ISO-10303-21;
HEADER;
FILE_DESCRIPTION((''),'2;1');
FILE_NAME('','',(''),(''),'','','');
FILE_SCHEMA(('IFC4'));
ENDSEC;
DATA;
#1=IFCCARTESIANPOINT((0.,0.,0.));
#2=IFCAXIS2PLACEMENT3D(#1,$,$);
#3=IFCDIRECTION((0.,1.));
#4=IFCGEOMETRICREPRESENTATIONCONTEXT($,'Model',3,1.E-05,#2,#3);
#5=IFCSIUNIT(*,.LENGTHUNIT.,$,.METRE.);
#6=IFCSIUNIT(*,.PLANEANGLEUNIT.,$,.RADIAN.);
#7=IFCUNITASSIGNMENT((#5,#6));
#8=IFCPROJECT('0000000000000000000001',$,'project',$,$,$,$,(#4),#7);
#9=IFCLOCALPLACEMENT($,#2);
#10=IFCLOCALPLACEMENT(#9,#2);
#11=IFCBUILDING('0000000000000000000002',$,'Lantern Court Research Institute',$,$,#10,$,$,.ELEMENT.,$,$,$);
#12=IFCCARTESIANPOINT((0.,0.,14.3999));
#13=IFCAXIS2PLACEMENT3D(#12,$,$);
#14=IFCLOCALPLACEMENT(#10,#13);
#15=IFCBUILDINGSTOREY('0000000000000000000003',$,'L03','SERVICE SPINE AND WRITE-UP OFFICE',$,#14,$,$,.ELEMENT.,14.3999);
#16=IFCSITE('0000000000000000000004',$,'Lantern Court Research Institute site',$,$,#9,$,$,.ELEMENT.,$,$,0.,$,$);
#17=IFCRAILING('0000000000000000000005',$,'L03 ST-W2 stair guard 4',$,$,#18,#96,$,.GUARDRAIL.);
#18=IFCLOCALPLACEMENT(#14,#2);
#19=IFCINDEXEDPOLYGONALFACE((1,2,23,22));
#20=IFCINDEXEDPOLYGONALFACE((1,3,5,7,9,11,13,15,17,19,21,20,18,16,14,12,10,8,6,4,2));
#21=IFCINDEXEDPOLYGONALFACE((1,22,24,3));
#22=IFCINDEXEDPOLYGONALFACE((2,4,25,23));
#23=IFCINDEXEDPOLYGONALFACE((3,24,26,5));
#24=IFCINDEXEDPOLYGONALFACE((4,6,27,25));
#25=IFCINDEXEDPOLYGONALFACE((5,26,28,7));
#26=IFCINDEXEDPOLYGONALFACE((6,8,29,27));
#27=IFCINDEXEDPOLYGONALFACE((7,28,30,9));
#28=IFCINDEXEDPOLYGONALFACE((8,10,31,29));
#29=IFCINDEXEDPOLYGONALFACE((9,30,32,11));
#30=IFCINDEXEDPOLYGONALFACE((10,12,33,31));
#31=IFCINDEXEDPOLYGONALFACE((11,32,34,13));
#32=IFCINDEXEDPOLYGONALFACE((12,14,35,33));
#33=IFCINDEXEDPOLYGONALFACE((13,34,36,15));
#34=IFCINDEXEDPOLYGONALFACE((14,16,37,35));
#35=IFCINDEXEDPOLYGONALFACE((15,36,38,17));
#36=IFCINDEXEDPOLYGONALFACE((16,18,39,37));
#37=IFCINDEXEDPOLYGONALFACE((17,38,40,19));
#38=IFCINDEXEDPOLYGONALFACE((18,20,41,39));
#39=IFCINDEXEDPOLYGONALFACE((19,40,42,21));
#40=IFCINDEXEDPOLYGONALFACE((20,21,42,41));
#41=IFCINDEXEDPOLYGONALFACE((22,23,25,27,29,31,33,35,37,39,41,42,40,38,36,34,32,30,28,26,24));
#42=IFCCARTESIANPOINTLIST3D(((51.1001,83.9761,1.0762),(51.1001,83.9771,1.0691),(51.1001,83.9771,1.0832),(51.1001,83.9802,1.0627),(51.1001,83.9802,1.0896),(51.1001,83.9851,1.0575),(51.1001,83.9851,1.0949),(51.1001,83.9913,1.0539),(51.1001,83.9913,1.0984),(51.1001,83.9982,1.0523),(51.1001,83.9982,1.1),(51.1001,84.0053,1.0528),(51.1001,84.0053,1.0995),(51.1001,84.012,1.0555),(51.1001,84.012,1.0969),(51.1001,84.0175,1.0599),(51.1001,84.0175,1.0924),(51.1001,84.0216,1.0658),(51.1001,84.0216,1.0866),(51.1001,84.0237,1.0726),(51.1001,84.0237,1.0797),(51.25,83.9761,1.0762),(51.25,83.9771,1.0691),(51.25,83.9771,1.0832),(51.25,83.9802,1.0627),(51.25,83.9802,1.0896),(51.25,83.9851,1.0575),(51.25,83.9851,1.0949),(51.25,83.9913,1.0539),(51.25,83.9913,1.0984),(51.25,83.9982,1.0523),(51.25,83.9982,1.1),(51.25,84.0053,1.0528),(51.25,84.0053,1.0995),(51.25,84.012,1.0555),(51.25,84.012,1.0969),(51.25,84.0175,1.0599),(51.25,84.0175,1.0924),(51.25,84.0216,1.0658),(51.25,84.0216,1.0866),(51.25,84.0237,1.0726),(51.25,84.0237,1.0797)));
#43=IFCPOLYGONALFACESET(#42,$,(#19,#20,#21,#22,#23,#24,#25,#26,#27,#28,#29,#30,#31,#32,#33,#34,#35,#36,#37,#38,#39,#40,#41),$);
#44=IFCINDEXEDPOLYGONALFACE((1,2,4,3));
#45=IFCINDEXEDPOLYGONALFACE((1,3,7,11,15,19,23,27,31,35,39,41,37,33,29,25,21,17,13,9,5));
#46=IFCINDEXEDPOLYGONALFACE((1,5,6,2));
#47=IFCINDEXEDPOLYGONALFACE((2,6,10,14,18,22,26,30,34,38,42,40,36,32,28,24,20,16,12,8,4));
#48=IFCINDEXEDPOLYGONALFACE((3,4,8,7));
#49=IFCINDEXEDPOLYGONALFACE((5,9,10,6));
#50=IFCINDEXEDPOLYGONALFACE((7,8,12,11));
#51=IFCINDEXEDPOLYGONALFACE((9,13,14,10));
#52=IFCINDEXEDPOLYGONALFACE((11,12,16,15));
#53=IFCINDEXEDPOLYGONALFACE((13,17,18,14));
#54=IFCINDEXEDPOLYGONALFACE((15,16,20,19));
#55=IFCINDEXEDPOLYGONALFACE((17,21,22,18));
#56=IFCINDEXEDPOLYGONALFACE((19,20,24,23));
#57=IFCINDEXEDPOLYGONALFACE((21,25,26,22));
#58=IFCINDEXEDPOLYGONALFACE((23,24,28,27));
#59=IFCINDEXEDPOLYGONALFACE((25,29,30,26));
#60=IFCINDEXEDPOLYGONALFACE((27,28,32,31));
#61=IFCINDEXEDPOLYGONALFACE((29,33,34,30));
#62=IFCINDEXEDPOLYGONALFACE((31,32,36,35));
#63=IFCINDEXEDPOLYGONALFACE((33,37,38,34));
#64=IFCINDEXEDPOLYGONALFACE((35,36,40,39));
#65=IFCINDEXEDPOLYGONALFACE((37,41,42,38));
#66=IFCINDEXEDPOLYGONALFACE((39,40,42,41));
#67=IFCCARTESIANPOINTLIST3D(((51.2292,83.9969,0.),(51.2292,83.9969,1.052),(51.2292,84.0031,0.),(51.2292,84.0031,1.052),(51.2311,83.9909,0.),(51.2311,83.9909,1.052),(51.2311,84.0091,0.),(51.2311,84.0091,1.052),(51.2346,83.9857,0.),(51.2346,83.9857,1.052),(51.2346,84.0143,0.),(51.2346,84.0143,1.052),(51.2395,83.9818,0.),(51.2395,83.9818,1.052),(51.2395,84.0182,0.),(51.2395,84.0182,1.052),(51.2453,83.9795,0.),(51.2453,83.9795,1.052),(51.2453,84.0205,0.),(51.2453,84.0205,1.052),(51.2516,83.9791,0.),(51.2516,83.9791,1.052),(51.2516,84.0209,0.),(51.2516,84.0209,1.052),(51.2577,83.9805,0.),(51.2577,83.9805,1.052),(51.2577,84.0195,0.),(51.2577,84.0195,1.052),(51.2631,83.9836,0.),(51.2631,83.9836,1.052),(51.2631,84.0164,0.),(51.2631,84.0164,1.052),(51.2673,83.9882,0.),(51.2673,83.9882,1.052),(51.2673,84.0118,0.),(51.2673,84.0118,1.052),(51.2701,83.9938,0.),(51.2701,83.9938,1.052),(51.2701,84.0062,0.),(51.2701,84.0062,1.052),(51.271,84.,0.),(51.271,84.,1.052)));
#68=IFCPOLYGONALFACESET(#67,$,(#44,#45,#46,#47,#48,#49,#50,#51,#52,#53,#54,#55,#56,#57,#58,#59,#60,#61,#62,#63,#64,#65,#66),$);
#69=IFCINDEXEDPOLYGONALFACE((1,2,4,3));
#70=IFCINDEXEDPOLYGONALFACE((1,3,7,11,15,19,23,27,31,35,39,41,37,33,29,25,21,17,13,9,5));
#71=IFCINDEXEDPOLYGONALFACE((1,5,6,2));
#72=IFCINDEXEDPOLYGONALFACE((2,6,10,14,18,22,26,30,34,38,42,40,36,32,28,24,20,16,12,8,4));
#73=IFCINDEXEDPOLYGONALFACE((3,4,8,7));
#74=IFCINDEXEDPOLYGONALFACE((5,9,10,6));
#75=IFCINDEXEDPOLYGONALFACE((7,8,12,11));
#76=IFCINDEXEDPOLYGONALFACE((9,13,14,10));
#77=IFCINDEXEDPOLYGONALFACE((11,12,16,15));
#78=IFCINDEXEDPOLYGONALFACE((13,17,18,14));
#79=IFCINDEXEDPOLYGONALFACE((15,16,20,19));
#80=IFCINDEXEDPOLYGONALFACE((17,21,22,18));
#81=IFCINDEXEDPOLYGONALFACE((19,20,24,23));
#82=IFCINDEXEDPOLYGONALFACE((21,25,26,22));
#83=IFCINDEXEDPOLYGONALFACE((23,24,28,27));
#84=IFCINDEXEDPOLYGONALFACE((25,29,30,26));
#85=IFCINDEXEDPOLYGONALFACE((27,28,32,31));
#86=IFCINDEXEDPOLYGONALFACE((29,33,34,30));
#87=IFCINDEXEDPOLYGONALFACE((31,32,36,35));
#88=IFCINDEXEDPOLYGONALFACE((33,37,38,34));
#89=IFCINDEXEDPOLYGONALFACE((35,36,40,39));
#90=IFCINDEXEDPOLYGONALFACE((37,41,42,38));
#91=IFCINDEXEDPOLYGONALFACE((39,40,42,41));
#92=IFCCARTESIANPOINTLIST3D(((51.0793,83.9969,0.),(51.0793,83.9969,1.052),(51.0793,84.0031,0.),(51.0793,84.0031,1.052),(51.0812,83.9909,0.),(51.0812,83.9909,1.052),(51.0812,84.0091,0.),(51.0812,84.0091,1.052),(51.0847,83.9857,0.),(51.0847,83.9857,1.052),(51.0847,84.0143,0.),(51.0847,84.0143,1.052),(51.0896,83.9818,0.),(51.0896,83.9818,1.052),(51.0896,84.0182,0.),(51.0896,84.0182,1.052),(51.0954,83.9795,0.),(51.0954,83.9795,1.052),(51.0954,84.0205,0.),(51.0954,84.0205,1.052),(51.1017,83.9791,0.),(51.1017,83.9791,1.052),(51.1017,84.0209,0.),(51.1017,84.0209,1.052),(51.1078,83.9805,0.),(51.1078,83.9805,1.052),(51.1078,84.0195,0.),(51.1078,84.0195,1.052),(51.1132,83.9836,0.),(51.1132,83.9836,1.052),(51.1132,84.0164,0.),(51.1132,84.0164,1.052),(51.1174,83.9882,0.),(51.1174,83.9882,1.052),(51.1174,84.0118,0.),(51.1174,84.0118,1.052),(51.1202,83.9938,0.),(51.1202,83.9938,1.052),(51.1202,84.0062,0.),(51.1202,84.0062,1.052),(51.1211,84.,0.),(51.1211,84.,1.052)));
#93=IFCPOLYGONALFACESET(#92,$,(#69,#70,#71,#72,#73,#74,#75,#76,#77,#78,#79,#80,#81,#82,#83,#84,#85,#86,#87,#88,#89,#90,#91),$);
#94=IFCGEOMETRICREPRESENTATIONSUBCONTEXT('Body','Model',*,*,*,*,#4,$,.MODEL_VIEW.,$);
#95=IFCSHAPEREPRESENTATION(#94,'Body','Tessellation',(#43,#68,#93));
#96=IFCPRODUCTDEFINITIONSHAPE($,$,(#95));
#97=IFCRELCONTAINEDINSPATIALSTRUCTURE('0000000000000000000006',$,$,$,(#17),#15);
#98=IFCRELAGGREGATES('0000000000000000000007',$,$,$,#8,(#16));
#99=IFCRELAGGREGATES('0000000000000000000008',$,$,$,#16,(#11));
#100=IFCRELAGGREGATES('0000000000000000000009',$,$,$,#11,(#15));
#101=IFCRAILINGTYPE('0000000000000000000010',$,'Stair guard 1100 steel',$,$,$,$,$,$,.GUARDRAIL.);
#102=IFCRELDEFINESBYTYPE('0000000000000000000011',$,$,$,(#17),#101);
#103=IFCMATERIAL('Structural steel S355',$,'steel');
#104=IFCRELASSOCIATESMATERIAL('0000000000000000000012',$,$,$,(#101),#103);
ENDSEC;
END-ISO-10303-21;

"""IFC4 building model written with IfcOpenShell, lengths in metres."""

from ifc_helpers import new_model, si_unit, direction, frame, origin, origin_2d, place, context, subcontext, project, spatial, circle, extrude, material, type_object, element, save


model = new_model("IFC4")

# Units and contexts
model_context = context("Model", 3, precision=1e-05, world=origin(), true_north=direction((0.0, 1.0)))
body_context = subcontext(model_context, "Body", "Model", "MODEL_VIEW")
ifc_project = project(units=[si_unit("LENGTHUNIT", "METRE"), si_unit("PLANEANGLEUNIT", "RADIAN")], contexts=[model_context])

# Site, building, storey
site_placement = place(None, origin())
site = spatial("IfcSite", under=ifc_project, at=site_placement, Name="Lantern Court Research Institute site", CompositionType="ELEMENT", RefElevation=0.0)
building_placement = place(site_placement, origin())
building = spatial("IfcBuilding", under=site, at=building_placement, Name="Lantern Court Research Institute", CompositionType="ELEMENT")
storey_placement = place(building_placement, frame((0.0, 0.0, 14.3999)))
storey = spatial("IfcBuildingStorey", under=building, at=storey_placement, Name="L03", Description="SERVICE SPINE AND WRITE-UP OFFICE", CompositionType="ELEMENT", Elevation=14.3999)

# Railing
ifc_material_1 = material(Name="Structural steel S355", Category="steel")
railing_type_1 = type_object("IfcRailingType", Name="Stair guard 1100 steel", PredefinedType="GUARDRAIL", material=ifc_material_1)
railing_1_placement = place(storey_placement, frame((51.25, 84.0, 0.0)))
element("IfcRailing", 1, at=railing_1_placement, inside=storey, type_object=railing_type_1, Name="L03 ST-W2 stair guard 4", PredefinedType="GUARDRAIL", context=body_context, shape_type="SweptSolid", body=[
    extrude(circle(Radius=0.0239, at=origin_2d()), frame((0.0, 0.0, 1.0762), z_axis=(-1.0, 0.0, 0.0), x_axis=(0.0, -1.0, 0.0)), (0.0, 0.0, 1.0), 0.1499),
    extrude(circle(Radius=0.021, at=origin_2d()), origin(), (0.0, 0.0, 1.0), 1.052),
    extrude(circle(Radius=0.021, at=origin_2d()), frame((-0.1499, 0.0, 0.0)), (0.0, 0.0, 1.0), 1.052),
])

save(model, "model.ifc")
